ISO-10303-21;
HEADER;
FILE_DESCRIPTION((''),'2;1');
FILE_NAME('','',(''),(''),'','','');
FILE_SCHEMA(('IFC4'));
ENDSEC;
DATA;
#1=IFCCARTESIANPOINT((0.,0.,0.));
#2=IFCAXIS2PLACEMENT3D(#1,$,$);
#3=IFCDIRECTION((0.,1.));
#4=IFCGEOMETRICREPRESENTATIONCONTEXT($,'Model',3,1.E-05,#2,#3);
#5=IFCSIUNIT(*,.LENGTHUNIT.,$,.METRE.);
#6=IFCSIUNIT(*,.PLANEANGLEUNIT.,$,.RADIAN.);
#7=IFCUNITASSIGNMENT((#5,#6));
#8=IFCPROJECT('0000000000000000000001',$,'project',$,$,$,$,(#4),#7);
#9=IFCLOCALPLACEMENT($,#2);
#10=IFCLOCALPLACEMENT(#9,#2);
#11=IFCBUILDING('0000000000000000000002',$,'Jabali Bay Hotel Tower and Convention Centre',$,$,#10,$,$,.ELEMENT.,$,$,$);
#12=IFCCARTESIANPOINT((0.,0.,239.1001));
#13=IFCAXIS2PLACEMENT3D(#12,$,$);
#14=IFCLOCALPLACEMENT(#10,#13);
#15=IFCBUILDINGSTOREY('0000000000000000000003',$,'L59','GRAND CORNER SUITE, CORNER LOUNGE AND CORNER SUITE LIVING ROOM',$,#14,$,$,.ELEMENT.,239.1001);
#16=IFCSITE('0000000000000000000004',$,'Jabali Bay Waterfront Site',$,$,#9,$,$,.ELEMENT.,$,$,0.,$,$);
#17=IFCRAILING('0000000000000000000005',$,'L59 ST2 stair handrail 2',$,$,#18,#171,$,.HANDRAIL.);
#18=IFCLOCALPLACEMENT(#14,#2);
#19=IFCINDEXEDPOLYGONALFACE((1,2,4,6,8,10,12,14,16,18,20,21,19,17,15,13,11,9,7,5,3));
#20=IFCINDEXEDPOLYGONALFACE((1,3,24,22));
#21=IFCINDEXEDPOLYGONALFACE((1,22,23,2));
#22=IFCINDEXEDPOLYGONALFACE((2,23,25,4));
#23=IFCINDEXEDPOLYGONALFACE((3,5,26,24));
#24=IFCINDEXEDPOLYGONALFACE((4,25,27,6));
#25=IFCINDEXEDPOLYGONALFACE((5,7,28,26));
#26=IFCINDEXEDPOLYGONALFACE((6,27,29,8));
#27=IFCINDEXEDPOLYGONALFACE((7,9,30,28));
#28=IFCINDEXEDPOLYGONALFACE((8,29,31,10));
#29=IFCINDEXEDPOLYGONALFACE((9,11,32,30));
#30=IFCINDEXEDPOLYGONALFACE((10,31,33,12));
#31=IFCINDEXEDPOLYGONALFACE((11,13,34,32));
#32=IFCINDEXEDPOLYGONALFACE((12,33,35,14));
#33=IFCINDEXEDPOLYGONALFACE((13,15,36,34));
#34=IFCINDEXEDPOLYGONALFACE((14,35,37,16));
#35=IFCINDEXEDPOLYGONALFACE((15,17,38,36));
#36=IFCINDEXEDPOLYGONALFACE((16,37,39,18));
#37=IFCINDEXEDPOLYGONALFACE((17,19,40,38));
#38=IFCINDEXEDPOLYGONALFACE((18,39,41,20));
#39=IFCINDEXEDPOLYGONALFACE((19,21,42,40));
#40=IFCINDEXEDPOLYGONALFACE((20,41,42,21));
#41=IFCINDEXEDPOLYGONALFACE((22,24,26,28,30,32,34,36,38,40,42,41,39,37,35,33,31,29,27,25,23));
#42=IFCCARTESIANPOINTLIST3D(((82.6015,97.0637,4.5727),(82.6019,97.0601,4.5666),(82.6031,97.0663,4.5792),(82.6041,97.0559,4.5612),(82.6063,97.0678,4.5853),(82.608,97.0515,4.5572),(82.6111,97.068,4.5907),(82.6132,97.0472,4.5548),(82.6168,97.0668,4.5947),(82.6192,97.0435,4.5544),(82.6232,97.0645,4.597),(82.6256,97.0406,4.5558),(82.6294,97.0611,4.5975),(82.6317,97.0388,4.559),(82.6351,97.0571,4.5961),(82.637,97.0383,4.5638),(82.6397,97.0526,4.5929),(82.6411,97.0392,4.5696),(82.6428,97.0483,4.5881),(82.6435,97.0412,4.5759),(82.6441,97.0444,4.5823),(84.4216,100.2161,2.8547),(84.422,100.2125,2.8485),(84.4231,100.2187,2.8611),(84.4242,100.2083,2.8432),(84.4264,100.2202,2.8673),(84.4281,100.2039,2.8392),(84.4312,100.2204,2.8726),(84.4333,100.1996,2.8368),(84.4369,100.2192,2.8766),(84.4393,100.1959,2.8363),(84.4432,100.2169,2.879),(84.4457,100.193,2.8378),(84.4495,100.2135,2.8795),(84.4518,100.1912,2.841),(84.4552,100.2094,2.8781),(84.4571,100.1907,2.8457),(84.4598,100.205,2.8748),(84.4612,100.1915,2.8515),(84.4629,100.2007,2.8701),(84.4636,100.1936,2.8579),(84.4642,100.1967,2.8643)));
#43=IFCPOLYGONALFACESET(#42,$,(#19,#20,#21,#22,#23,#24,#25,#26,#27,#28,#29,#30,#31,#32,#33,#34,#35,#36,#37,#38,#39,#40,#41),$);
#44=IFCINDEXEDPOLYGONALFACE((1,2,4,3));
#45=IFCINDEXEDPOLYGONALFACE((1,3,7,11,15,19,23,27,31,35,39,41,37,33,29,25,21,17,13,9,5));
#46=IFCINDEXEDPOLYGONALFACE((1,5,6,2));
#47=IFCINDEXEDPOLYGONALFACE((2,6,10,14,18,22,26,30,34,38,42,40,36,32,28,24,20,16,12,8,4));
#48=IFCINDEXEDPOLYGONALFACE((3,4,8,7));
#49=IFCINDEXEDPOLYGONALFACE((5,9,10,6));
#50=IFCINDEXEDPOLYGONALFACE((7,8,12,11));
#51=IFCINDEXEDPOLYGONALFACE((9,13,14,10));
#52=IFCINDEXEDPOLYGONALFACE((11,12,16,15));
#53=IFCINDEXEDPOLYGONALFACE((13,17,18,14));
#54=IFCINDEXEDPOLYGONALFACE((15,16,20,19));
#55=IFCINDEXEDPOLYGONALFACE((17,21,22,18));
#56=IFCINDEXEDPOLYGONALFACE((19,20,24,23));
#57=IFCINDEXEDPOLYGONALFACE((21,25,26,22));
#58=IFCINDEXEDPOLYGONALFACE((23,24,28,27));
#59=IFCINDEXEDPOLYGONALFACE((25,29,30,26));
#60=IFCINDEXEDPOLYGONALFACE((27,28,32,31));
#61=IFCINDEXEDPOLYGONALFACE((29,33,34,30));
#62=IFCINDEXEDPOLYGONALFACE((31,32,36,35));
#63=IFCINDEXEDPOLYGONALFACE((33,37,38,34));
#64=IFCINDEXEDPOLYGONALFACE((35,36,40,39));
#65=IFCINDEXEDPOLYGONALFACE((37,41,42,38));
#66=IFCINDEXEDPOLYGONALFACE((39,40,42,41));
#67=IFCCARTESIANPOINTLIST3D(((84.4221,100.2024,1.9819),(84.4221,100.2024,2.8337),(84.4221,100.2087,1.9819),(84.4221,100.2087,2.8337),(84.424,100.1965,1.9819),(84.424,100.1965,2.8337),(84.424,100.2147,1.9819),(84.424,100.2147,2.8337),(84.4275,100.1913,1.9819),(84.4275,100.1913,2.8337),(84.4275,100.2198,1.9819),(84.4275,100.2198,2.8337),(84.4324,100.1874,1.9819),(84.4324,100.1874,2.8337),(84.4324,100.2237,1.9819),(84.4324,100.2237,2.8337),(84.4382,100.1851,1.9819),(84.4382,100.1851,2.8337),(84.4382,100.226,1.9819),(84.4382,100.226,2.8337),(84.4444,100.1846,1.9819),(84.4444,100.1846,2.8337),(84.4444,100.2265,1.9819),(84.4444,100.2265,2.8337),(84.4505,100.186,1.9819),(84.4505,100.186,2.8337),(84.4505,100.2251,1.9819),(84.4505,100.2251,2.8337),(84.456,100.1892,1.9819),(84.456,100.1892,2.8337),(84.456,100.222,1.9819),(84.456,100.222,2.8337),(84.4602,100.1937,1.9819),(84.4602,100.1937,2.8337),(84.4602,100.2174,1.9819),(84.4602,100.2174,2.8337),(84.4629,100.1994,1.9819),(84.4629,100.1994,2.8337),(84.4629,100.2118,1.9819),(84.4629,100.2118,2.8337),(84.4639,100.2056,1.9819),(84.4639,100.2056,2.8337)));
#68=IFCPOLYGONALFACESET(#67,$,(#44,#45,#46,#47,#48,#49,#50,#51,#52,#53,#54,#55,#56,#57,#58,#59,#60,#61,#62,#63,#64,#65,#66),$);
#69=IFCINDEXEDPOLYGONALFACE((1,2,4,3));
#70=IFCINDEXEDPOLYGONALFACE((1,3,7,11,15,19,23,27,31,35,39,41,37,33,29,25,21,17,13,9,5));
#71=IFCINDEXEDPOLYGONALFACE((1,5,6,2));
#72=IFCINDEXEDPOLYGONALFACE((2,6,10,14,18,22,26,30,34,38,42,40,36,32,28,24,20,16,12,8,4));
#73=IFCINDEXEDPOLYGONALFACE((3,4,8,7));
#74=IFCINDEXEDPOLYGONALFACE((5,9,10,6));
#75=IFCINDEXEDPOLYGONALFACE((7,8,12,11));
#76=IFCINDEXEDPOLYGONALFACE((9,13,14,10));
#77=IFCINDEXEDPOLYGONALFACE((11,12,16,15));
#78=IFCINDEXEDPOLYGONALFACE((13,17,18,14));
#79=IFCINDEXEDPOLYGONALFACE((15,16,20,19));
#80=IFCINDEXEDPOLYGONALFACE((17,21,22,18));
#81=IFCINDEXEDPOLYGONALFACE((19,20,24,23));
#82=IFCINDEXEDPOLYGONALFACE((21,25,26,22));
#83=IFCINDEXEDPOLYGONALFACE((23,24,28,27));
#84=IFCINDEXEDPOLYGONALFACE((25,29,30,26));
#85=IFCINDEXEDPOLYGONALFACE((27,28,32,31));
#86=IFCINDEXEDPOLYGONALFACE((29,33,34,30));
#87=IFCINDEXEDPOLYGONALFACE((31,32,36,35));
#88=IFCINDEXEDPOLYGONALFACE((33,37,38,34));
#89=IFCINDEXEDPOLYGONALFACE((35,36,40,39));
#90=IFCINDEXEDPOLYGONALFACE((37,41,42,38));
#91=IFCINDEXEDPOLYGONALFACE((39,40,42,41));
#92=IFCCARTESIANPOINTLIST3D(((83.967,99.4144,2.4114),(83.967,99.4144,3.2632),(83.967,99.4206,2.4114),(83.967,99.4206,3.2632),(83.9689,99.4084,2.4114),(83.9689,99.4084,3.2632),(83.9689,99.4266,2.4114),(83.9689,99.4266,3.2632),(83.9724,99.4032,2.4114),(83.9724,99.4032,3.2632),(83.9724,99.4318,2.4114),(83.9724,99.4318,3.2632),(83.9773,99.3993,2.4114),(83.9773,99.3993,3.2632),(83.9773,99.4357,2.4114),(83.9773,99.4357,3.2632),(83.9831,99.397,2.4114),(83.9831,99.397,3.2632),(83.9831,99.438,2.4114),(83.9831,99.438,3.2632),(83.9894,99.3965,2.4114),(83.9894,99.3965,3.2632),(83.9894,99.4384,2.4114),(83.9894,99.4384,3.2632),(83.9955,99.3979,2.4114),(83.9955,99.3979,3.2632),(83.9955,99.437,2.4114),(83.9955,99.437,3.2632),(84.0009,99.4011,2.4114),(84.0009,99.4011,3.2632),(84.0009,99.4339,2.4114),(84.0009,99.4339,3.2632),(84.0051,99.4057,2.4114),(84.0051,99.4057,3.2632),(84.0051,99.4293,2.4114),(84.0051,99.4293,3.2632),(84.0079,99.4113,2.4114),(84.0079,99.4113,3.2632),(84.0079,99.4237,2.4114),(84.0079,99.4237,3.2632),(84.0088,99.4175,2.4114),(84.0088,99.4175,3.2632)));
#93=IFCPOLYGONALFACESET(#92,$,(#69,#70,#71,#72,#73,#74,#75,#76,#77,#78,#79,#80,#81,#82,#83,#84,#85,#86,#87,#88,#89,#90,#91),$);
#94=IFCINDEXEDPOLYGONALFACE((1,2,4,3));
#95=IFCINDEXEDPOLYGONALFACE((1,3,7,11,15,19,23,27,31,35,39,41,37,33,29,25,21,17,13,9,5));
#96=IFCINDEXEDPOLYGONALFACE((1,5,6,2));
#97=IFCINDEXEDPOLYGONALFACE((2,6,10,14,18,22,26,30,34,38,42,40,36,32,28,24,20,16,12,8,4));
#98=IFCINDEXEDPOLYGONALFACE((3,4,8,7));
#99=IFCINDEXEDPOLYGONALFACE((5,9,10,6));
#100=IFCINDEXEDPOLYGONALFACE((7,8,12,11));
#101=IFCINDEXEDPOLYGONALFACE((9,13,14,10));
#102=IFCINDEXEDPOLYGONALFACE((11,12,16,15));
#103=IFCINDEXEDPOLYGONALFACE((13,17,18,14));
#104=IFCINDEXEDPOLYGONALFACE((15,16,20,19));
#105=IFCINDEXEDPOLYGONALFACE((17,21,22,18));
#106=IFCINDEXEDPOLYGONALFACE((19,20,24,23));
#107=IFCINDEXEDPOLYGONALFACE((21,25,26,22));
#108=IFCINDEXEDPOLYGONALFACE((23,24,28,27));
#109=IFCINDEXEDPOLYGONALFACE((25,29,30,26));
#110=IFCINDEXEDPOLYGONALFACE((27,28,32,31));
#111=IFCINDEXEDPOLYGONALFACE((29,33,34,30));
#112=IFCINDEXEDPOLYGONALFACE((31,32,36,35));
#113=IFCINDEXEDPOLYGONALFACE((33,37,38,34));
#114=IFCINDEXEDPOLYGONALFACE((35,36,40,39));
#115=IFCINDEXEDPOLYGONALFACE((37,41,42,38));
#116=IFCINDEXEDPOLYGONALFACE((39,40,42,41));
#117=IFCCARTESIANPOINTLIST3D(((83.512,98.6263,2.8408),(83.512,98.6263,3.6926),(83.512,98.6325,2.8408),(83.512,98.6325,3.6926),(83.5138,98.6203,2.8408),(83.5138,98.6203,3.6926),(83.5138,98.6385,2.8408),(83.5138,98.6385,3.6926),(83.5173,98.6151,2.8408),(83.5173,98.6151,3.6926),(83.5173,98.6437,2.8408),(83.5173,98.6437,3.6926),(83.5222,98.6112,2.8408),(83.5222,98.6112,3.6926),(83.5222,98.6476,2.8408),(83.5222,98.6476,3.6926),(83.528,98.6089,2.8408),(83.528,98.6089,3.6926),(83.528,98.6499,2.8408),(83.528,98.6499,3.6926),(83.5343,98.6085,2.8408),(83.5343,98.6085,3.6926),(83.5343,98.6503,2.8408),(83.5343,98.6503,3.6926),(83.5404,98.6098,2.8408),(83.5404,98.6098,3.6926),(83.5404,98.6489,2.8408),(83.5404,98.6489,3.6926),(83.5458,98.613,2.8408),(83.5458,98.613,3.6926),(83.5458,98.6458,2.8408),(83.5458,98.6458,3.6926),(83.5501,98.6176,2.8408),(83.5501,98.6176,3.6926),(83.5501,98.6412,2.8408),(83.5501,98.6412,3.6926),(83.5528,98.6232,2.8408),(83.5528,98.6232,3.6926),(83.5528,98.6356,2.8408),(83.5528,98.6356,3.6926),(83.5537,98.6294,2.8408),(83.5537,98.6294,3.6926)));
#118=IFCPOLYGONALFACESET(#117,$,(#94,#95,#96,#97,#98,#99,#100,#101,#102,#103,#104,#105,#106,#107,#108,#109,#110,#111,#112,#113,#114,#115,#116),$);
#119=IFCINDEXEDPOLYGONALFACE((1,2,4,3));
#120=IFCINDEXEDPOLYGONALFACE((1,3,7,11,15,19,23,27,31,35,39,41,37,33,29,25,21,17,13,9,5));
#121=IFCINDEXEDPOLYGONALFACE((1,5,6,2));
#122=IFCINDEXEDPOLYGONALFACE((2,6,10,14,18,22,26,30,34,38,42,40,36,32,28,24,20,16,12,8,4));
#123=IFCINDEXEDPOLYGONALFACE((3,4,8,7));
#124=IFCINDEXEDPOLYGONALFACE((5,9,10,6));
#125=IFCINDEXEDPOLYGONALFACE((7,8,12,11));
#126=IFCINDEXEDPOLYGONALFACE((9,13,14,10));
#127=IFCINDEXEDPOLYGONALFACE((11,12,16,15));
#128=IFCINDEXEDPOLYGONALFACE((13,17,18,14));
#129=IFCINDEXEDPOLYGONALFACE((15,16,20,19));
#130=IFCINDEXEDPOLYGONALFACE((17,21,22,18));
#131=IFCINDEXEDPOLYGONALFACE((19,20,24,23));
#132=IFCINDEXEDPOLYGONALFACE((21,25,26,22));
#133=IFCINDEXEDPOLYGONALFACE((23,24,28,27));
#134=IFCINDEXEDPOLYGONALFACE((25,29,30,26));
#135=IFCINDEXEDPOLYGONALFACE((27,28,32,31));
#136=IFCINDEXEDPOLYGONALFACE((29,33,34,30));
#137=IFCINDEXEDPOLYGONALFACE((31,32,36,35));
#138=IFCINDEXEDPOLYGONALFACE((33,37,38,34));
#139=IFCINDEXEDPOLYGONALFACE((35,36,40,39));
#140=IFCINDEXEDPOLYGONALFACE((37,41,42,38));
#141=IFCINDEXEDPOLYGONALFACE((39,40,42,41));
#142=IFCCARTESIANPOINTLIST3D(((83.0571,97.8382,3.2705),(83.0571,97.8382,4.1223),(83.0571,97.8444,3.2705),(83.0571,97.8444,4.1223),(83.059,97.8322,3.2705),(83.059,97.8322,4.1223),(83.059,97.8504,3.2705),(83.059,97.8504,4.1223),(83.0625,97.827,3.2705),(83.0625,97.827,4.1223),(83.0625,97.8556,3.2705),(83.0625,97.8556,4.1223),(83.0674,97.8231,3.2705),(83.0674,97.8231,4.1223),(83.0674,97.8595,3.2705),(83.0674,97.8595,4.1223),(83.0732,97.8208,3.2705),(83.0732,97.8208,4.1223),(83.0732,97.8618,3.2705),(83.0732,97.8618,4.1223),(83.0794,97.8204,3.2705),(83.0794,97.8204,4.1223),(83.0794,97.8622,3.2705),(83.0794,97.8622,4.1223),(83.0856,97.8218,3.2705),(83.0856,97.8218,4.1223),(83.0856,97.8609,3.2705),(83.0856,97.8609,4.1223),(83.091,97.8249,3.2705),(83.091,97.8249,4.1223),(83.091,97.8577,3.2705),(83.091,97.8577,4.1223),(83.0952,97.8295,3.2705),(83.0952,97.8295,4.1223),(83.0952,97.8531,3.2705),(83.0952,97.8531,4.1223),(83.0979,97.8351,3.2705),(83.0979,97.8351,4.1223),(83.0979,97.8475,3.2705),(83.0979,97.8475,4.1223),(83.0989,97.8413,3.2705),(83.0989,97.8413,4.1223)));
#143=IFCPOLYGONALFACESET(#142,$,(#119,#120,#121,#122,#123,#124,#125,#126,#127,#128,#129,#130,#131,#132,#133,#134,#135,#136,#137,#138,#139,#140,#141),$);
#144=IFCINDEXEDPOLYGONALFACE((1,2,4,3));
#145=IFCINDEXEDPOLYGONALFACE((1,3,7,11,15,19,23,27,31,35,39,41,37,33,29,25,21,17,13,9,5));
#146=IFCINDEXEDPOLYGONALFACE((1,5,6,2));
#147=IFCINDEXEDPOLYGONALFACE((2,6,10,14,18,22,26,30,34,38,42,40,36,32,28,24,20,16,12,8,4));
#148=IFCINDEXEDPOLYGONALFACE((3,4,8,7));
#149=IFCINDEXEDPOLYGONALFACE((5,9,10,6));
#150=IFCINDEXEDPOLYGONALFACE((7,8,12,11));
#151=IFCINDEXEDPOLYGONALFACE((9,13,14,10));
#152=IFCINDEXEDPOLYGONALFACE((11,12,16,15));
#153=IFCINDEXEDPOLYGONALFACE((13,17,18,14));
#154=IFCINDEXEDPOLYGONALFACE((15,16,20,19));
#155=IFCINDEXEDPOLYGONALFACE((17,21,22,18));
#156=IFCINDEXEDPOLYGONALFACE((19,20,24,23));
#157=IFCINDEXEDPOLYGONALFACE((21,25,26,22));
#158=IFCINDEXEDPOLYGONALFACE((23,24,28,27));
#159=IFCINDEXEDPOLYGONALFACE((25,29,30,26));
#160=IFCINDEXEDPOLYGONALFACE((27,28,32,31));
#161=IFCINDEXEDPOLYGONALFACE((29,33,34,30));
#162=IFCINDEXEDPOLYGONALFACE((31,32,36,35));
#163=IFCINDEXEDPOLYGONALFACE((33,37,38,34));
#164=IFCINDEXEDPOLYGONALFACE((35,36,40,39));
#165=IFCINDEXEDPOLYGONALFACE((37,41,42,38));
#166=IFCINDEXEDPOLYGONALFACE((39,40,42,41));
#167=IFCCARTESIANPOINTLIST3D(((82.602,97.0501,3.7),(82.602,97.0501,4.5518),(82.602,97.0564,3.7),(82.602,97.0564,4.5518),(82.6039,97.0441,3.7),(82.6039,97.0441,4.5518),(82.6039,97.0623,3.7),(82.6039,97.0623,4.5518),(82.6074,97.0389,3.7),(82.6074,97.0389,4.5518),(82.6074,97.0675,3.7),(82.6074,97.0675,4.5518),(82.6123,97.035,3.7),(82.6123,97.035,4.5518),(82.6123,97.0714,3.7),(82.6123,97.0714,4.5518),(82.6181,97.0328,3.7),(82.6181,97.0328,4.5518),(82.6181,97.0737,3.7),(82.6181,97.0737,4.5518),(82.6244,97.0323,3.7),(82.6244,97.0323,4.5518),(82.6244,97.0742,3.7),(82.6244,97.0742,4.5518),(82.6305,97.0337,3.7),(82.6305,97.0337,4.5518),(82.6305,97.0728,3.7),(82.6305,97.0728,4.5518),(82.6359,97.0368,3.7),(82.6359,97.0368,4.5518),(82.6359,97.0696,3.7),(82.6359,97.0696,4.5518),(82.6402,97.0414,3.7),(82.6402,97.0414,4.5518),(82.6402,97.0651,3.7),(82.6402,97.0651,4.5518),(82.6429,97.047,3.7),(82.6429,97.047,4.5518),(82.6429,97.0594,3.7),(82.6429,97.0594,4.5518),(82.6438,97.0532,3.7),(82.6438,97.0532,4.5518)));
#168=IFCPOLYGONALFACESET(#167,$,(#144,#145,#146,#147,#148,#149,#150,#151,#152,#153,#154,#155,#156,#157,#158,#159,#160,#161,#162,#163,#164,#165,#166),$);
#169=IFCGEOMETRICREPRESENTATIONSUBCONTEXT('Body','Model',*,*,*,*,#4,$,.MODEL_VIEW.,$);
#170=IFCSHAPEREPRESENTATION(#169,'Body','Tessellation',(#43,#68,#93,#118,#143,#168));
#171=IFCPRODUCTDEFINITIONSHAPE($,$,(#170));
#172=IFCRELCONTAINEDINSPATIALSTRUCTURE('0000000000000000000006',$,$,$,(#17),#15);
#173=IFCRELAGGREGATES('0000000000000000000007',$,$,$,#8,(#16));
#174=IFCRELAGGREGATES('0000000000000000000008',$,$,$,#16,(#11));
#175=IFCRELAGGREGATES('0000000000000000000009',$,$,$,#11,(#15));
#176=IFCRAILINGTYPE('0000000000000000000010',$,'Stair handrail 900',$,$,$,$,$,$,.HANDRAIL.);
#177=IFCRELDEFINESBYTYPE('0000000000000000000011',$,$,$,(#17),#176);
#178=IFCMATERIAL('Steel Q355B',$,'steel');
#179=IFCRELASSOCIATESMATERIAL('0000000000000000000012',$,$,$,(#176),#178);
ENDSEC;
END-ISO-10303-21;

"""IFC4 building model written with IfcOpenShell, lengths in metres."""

from ifc_helpers import new_model, si_unit, direction, frame, origin, origin_2d, place, context, subcontext, project, spatial, circle, extrude, material, type_object, element, save


model = new_model("IFC4")

# Units and contexts
model_context = context("Model", 3, precision=1e-05, world=origin(), true_north=direction((0.0, 1.0)))
body_context = subcontext(model_context, "Body", "Model", "MODEL_VIEW")
ifc_project = project(units=[si_unit("LENGTHUNIT", "METRE"), si_unit("PLANEANGLEUNIT", "RADIAN")], contexts=[model_context])

# Site, building, storey
site_placement = place(None, origin())
site = spatial("IfcSite", under=ifc_project, at=site_placement, Name="Jabali Bay Waterfront Site", CompositionType="ELEMENT", RefElevation=0.0)
building_placement = place(site_placement, origin())
building = spatial("IfcBuilding", under=site, at=building_placement, Name="Jabali Bay Hotel Tower and Convention Centre", CompositionType="ELEMENT")
storey_placement = place(building_placement, frame((0.0, 0.0, 239.1001)))
storey = spatial("IfcBuildingStorey", under=building, at=storey_placement, Name="L59", Description="GRAND CORNER SUITE, CORNER LOUNGE AND CORNER SUITE LIVING ROOM", CompositionType="ELEMENT", Elevation=239.1001)

# Railing
ifc_material_1 = material(Name="Steel Q355B", Category="steel")
railing_type_1 = type_object("IfcRailingType", Name="Stair handrail 900", PredefinedType="HANDRAIL", material=ifc_material_1)
railing_1_placement = place(storey_placement, frame((84.4429, 100.2056, 1.9819)))
element("IfcRailing", 1, at=railing_1_placement, inside=storey, type_object=railing_type_1, Name="L59 ST2 stair handrail 2", PredefinedType="HANDRAIL", context=body_context, shape_type="SweptSolid", body=[
    extrude(circle(Radius=0.0239, at=origin_2d()), frame((0.0, 0.0, 0.876), z_axis=(-0.452179, -0.78317, 0.426825), x_axis=(0.866018, -0.500013, 0.0)), (0.0, 0.0, 1.0), 4.0251),
    extrude(circle(Radius=0.021, at=origin_2d()), origin(), (0.0, 0.0, 1.0), 0.8518),
    extrude(circle(Radius=0.021, at=origin_2d()), frame((-0.4551, -0.7881, 0.4294)), (0.0, 0.0, 1.0), 0.8518),
    extrude(circle(Radius=0.021, at=origin_2d()), frame((-0.9102, -1.5762, 0.8589)), (0.0, 0.0, 1.0), 0.8518),
    extrude(circle(Radius=0.021, at=origin_2d()), frame((-1.365, -2.3643, 1.2886)), (0.0, 0.0, 1.0), 0.8518),
    extrude(circle(Radius=0.021, at=origin_2d()), frame((-1.8201, -3.1523, 1.718)), (0.0, 0.0, 1.0), 0.8518),
])

save(model, "model.ifc")
